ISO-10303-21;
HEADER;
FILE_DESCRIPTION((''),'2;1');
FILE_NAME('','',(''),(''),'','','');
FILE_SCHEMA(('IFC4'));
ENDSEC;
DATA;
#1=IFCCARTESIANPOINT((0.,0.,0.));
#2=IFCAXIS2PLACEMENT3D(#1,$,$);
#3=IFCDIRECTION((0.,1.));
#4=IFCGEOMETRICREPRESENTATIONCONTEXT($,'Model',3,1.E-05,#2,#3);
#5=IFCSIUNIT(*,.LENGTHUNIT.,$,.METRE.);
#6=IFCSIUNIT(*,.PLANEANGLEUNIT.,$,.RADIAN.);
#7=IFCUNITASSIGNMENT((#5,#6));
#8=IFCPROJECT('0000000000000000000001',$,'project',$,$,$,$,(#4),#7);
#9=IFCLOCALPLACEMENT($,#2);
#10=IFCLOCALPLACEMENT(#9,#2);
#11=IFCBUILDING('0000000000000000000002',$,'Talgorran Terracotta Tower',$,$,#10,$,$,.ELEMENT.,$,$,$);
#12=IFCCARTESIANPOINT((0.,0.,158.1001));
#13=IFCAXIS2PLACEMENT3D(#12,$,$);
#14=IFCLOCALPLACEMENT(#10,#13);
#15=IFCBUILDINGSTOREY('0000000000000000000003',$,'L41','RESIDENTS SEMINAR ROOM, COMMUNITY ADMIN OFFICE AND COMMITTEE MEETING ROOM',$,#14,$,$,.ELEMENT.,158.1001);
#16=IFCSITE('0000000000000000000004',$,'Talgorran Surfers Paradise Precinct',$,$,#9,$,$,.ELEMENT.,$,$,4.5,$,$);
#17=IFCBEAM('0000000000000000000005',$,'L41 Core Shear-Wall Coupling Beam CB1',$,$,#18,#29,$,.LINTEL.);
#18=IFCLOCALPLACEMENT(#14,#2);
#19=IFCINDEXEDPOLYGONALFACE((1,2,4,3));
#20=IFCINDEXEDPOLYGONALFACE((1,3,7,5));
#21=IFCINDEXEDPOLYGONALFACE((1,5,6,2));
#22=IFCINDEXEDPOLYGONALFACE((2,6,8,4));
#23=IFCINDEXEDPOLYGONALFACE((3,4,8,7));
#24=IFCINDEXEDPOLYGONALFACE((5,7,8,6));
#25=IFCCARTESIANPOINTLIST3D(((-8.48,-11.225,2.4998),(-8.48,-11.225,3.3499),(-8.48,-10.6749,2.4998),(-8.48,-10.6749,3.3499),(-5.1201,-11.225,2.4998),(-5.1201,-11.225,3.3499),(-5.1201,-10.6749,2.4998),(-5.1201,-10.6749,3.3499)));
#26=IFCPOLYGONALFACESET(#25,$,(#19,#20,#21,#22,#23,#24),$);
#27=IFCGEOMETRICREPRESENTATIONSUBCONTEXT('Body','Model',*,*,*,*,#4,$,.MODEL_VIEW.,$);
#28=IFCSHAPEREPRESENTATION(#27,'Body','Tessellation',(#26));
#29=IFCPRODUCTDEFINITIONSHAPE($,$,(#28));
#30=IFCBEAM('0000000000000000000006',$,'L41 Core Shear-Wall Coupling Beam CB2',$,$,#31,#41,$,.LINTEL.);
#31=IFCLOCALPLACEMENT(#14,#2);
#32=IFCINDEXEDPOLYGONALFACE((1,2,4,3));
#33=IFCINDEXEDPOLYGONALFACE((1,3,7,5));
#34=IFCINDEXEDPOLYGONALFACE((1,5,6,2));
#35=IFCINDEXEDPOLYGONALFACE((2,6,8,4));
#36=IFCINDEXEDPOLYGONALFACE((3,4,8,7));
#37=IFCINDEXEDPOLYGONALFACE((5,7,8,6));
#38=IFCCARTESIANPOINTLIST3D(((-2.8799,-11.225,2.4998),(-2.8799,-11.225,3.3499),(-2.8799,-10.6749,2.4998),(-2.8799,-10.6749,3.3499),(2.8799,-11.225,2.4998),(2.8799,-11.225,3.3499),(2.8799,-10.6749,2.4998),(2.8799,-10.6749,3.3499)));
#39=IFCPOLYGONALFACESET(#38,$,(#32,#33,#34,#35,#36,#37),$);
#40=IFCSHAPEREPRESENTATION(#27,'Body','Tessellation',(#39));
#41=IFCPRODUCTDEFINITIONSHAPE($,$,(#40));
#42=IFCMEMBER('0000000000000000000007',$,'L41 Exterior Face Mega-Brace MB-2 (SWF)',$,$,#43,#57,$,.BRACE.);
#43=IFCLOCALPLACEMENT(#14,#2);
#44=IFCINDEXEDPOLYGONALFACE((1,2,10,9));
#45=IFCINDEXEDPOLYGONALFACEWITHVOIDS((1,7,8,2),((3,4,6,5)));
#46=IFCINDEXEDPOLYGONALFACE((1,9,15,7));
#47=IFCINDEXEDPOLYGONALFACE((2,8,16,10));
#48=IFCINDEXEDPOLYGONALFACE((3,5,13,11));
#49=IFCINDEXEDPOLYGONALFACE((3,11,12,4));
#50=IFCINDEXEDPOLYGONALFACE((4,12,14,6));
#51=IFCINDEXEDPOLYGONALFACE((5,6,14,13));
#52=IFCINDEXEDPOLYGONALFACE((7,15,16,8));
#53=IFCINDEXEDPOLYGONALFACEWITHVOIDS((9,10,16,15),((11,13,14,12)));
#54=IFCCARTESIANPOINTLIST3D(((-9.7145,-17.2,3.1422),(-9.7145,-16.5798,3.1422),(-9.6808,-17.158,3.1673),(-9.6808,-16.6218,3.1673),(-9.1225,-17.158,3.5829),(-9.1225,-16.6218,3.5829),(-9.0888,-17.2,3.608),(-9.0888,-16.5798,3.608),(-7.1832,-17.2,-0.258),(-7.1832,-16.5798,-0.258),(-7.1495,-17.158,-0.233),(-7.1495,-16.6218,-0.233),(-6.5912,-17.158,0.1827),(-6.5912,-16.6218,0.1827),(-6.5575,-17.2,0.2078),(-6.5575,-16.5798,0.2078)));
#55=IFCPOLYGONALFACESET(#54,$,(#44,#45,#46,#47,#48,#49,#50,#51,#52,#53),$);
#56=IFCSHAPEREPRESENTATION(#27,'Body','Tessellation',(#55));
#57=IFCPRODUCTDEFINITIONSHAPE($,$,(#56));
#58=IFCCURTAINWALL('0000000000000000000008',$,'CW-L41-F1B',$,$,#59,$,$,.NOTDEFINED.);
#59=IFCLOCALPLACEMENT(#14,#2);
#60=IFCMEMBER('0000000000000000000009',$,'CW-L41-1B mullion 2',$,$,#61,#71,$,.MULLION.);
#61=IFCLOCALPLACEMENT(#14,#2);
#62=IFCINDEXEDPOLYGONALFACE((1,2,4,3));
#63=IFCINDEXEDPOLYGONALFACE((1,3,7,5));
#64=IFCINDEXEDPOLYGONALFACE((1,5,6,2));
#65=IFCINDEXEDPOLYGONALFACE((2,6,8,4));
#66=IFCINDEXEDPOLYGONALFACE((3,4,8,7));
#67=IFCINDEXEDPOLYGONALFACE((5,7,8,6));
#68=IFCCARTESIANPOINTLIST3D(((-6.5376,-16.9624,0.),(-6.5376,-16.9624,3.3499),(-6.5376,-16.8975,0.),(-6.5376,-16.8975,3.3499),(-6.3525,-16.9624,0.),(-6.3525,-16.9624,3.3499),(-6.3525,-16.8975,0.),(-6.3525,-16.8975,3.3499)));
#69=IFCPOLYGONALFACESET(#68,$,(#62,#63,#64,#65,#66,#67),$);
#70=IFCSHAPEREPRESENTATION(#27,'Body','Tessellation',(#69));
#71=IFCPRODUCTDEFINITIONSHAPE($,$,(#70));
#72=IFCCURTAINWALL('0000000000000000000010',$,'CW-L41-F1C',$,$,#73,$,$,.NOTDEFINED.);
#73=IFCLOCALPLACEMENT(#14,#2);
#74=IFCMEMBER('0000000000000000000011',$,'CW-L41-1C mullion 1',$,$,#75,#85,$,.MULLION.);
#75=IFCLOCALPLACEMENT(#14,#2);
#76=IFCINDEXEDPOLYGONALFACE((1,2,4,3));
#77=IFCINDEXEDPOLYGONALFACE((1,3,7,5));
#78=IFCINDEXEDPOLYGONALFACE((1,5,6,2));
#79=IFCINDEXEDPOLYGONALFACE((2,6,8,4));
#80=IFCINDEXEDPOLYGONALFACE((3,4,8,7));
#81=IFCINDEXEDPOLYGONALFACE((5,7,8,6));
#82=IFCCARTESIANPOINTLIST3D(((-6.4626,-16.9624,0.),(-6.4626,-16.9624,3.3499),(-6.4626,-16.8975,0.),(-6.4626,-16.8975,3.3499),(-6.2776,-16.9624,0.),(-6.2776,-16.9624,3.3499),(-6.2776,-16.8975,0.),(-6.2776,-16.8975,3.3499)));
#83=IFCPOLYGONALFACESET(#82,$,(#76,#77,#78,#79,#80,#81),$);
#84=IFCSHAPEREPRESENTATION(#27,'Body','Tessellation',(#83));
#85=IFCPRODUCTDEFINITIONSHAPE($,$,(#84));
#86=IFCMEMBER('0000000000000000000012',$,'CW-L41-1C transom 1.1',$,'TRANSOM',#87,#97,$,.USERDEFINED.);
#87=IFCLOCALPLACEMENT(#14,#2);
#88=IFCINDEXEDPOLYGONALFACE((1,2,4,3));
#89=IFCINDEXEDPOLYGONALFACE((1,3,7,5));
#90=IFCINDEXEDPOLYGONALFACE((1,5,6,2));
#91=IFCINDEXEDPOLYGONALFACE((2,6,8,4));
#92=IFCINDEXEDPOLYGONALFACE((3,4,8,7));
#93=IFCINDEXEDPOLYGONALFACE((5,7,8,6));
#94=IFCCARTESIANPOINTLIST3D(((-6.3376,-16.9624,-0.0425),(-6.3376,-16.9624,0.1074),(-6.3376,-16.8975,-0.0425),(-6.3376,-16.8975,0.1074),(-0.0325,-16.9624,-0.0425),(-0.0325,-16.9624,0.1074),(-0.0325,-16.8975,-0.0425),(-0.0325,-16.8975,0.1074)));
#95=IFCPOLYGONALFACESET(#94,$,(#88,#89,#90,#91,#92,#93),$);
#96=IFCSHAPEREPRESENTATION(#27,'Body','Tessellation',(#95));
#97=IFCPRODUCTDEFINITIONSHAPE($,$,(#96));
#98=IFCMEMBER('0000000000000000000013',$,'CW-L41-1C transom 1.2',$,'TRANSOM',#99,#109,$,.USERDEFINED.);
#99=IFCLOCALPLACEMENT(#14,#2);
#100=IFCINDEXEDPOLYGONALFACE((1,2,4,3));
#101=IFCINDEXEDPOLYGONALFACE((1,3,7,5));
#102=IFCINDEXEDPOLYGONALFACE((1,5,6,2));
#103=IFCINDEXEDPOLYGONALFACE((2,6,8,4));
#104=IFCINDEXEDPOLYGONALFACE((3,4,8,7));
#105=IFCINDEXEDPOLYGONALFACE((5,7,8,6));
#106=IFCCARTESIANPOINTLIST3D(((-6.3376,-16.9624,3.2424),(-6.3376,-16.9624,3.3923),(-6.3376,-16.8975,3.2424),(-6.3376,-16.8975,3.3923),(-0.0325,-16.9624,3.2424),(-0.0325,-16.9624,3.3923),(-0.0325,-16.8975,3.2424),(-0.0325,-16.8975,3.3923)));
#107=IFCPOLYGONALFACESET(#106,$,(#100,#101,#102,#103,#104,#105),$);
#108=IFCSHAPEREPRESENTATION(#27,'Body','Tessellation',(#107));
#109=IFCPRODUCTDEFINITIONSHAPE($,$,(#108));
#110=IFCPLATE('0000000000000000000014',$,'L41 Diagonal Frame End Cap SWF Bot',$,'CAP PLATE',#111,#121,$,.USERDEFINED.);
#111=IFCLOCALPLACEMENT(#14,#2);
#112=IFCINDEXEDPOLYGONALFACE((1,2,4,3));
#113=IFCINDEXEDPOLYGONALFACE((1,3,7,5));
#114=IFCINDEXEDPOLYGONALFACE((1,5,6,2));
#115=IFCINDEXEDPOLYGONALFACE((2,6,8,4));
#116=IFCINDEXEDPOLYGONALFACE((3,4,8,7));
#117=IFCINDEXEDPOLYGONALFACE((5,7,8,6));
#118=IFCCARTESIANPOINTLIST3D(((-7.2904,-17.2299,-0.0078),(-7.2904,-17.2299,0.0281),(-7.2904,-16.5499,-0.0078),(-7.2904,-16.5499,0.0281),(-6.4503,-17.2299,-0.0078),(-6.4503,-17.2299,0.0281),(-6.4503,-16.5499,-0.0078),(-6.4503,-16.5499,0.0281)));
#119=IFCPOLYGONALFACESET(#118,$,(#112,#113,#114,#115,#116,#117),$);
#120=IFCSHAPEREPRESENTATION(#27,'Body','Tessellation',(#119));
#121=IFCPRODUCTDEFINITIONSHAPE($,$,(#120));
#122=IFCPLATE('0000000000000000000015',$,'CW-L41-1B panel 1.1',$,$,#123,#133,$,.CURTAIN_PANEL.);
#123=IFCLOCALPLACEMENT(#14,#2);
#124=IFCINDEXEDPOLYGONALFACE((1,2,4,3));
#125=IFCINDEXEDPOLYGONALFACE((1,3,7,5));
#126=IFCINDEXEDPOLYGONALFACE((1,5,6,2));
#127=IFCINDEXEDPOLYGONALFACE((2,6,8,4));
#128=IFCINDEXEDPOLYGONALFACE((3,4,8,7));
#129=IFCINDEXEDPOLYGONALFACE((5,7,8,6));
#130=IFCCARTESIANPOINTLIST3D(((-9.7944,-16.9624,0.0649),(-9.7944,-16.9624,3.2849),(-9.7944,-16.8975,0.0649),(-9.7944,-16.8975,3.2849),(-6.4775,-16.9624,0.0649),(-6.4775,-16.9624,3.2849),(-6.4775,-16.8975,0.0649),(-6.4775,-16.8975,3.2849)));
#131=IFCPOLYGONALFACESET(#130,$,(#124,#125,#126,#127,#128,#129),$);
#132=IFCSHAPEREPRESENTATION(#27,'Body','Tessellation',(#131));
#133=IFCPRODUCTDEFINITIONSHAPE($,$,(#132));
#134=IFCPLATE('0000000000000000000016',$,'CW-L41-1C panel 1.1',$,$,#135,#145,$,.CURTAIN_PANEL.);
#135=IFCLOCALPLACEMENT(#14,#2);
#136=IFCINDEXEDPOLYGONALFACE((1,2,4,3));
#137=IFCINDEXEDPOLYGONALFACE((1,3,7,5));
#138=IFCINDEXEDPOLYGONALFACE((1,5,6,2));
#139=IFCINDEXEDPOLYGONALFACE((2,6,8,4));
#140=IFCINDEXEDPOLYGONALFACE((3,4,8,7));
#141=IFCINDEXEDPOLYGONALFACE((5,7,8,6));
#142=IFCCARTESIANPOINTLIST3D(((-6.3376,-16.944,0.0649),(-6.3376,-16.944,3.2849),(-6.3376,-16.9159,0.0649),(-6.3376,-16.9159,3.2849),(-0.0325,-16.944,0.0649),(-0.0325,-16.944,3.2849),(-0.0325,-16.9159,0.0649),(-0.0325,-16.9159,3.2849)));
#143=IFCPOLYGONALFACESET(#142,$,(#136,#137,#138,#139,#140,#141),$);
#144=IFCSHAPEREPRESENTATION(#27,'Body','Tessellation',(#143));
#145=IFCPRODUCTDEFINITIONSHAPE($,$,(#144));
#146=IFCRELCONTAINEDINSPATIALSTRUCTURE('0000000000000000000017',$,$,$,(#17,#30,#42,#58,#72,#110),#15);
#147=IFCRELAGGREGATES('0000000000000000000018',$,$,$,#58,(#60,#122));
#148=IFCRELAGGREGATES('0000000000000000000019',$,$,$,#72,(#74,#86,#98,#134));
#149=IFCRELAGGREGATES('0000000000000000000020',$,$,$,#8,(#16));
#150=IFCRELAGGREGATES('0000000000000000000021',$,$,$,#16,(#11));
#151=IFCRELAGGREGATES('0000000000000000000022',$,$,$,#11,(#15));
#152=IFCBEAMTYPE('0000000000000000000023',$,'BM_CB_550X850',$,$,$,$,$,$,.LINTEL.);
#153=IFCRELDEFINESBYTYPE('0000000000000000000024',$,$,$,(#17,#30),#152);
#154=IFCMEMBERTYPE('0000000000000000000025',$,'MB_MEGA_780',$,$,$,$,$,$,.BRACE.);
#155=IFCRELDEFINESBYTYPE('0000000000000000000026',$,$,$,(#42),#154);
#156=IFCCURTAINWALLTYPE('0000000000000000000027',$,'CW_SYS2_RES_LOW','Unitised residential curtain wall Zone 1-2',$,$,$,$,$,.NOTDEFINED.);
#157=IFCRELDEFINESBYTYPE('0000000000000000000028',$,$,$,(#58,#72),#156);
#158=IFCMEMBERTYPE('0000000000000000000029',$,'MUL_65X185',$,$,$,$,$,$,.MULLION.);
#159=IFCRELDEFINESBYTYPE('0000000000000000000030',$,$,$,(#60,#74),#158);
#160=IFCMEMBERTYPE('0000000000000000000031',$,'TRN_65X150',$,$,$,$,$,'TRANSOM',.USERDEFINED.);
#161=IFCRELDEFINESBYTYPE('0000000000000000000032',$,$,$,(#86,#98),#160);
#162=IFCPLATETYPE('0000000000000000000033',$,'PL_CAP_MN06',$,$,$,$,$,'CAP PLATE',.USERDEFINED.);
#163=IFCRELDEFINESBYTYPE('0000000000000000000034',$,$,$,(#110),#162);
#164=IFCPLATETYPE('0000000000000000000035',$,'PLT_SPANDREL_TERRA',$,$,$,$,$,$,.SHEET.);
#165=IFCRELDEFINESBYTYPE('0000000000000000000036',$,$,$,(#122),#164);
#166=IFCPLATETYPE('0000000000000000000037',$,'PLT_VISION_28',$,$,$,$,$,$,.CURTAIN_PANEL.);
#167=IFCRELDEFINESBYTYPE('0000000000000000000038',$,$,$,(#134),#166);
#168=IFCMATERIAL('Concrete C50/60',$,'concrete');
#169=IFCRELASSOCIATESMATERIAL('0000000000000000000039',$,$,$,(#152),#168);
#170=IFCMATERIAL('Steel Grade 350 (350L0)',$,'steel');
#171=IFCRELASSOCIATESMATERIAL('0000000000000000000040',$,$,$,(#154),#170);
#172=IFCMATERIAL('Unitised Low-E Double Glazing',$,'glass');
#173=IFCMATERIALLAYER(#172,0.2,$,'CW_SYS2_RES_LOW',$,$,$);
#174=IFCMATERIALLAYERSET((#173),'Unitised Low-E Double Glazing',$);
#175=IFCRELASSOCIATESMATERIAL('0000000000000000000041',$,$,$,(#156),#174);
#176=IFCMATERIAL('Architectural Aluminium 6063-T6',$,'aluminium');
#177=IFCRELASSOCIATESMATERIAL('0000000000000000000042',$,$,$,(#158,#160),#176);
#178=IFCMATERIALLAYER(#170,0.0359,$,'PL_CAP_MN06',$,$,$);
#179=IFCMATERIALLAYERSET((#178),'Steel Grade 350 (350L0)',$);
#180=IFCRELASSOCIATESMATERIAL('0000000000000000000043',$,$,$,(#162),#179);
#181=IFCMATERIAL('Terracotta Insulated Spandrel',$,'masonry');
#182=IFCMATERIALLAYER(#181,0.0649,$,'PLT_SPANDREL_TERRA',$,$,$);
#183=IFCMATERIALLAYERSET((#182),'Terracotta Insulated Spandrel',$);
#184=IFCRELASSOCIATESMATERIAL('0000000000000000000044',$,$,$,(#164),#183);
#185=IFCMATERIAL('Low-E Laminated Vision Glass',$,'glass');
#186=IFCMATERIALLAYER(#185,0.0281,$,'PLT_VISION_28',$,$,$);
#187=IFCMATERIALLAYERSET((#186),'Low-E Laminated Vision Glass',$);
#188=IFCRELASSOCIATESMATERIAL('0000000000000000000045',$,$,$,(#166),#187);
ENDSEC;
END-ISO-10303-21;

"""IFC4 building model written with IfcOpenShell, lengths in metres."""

from ifc_helpers import new_model, si_unit, direction, frame, origin, origin_2d, place, context, subcontext, project, spatial, rectangle, hollow_rectangle, extrude, source, transform, mapped, material, layer, layer_set, material_profile, profile_set, type_object, type_shapes, element, aggregate, save


model = new_model("IFC4")

# Units and contexts
model_context = context("Model", 3, precision=1e-05, world=origin(), true_north=direction((0.0, 1.0)))
body_context = subcontext(model_context, "Body", "Model", "MODEL_VIEW")
ifc_project = project(units=[si_unit("LENGTHUNIT", "METRE"), si_unit("PLANEANGLEUNIT", "RADIAN")], contexts=[model_context])

# Site, building, storey
site_placement = place(None, origin())
site = spatial("IfcSite", under=ifc_project, at=site_placement, Name="Talgorran Surfers Paradise Precinct", CompositionType="ELEMENT", RefElevation=4.5)
building_placement = place(site_placement, origin())
building = spatial("IfcBuilding", under=site, at=building_placement, Name="Talgorran Terracotta Tower", CompositionType="ELEMENT")
storey_placement = place(building_placement, frame((0.0, 0.0, 158.1001)))
storey = spatial("IfcBuildingStorey", under=building, at=storey_placement, Name="L41", Description="RESIDENTS SEMINAR ROOM, COMMUNITY ADMIN OFFICE AND COMMITTEE MEETING ROOM", CompositionType="ELEMENT", Elevation=158.1001)

# Beams
ifc_material_1 = material(Name="Concrete C50/60", Category="concrete")
ifc_material_profile_1 = material_profile(ifc_material_1, rectangle(XDim=0.55, YDim=0.8501, at=origin_2d()), Name="RCCB550X850")
ifc_profile_set_1 = profile_set([ifc_material_profile_1], Name="Concrete C50/60")
beam_type = type_object("IfcBeamType", Name="BM_CB_550X850", PredefinedType="LINTEL", material=ifc_profile_set_1)
beam_1_placement = place(storey_placement, frame((-8.48, -10.95, 2.9248), z_axis=(1.0, 0.0, 0.0), x_axis=(0.0, 1.0, 0.0)))
element("IfcBeam", 1, at=beam_1_placement, inside=storey, type_object=beam_type, Name="L41 Core Shear-Wall Coupling Beam CB1", PredefinedType="LINTEL", context=body_context, shape_type="SweptSolid", body=[
    extrude(rectangle(XDim=0.55, YDim=0.8501, at=origin_2d()), origin(), (0.0, 0.0, 1.0), 3.3599),
])
beam_2_placement = place(storey_placement, frame((-2.8799, -10.95, 2.9248), z_axis=(1.0, 0.0, 0.0), x_axis=(0.0, 1.0, 0.0)))
element("IfcBeam", 2, at=beam_2_placement, inside=storey, type_object=beam_type, Name="L41 Core Shear-Wall Coupling Beam CB2", PredefinedType="LINTEL", context=body_context, shape_type="SweptSolid", body=[
    extrude(rectangle(XDim=0.55, YDim=0.8501, at=origin_2d()), origin(), (0.0, 0.0, 1.0), 5.7598),
])

# Member
ifc_material_2 = material(Name="Steel Grade 350 (350L0)", Category="steel")
ifc_material_profile_2 = material_profile(ifc_material_2, hollow_rectangle(XDim=0.6201, YDim=0.78, WallThickness=0.042, at=origin_2d()), Name="WBOX780X620X42")
ifc_profile_set_2 = profile_set([ifc_material_profile_2], Name="Steel Grade 350 (350L0)")
member_type_1 = type_object("IfcMemberType", Name="MB_MEGA_780", PredefinedType="BRACE", material=ifc_profile_set_2)
member_1_placement = place(storey_placement, frame((-6.8704, -16.8899, -0.0251), z_axis=(-0.597149, 0.0, 0.802131), x_axis=(0.0, -1.0, 0.0)))
element("IfcMember", 3, at=member_1_placement, inside=storey, type_object=member_type_1, Name="L41 Exterior Face Mega-Brace MB-2 (SWF)", PredefinedType="BRACE", context=body_context, shape_type="SweptSolid", body=[
    extrude(hollow_rectangle(XDim=0.6201, YDim=0.78, WallThickness=0.042, at=origin_2d()), origin(), (0.0, 0.0, 1.0), 4.239),
])

# Curtain wall, member
ifc_material_3 = material(Name="Unitised Low-E Double Glazing", Category="glass")
ifc_layer_1 = layer(ifc_material_3, 0.2, Name="CW_SYS2_RES_LOW")
ifc_layer_set_1 = layer_set([ifc_layer_1], Name="Unitised Low-E Double Glazing")
curtain_wall_type = type_object("IfcCurtainWallType", Name="CW_SYS2_RES_LOW", Description="Unitised residential curtain wall Zone 1-2", PredefinedType="NOTDEFINED", material=ifc_layer_set_1)
curtain_wall_1_placement = place(storey_placement, origin())
curtain_wall_1 = element("IfcCurtainWall", 4, at=curtain_wall_1_placement, inside=storey, type_object=curtain_wall_type, Name="CW-L41-F1B", PredefinedType="NOTDEFINED")
ifc_material_4 = material(Name="Architectural Aluminium 6063-T6", Category="aluminium")
ifc_material_profile_3 = material_profile(ifc_material_4, rectangle(XDim=0.0649, YDim=0.1851, at=origin_2d()), Name="CWM65X185")
ifc_profile_set_3 = profile_set([ifc_material_profile_3], Name="Architectural Aluminium 6063-T6")
member_type_2 = type_object("IfcMemberType", Name="MUL_65X185", PredefinedType="MULLION", material=ifc_profile_set_3)
member_2_placement = place(storey_placement, frame((-6.4451, -16.9299, 0.0), z_axis=(0.0, 0.0, 1.0), x_axis=(0.0, 1.0, 0.0)))
member_2 = element("IfcMember", 5, at=member_2_placement, type_object=member_type_2, Name="CW-L41-1B mullion 2", PredefinedType="MULLION", context=body_context, shape_type="SweptSolid", body=[
    extrude(rectangle(XDim=0.0649, YDim=0.1851, at=origin_2d()), origin(), (0.0, 0.0, 1.0), 3.3499),
])

# Curtain wall, members
curtain_wall_2_placement = place(storey_placement, origin())
curtain_wall_2 = element("IfcCurtainWall", 6, at=curtain_wall_2_placement, inside=storey, type_object=curtain_wall_type, Name="CW-L41-F1C", PredefinedType="NOTDEFINED")
member_3_placement = place(storey_placement, frame((-6.3701, -16.9299, 0.0), z_axis=(0.0, 0.0, 1.0), x_axis=(0.0, 1.0, 0.0)))
member_3 = element("IfcMember", 7, at=member_3_placement, type_object=member_type_2, Name="CW-L41-1C mullion 1", PredefinedType="MULLION", context=body_context, shape_type="SweptSolid", body=[
    extrude(rectangle(XDim=0.0649, YDim=0.1851, at=origin_2d()), origin(), (0.0, 0.0, 1.0), 3.3499),
])
ifc_material_profile_4 = material_profile(ifc_material_4, rectangle(XDim=0.0649, YDim=0.1499, at=origin_2d()), Name="CWT65X150")
ifc_profile_set_4 = profile_set([ifc_material_profile_4], Name="Architectural Aluminium 6063-T6")
member_type_3 = type_object("IfcMemberType", Name="TRN_65X150", ElementType="TRANSOM", PredefinedType="USERDEFINED", material=ifc_profile_set_4)
member_4_placement = place(storey_placement, frame((-6.3376, -16.9299, 0.0325), z_axis=(1.0, 0.0, 0.0), x_axis=(0.0, 1.0, 0.0)))
member_4 = element("IfcMember", 8, at=member_4_placement, type_object=member_type_3, Name="CW-L41-1C transom 1.1", ObjectType="TRANSOM", PredefinedType="USERDEFINED", context=body_context, shape_type="SweptSolid", body=[
    extrude(rectangle(XDim=0.0649, YDim=0.1499, at=origin_2d()), origin(), (0.0, 0.0, 1.0), 6.3052),
])
member_5_placement = place(storey_placement, frame((-6.3376, -16.9299, 3.3174), z_axis=(1.0, 0.0, 0.0), x_axis=(0.0, 1.0, 0.0)))
member_5 = element("IfcMember", 9, at=member_5_placement, type_object=member_type_3, Name="CW-L41-1C transom 1.2", ObjectType="TRANSOM", PredefinedType="USERDEFINED", context=body_context, shape_type="SweptSolid", body=[
    extrude(rectangle(XDim=0.0649, YDim=0.1499, at=origin_2d()), origin(), (0.0, 0.0, 1.0), 6.3052),
])

# Plates
ifc_layer_2 = layer(ifc_material_2, 0.0359, Name="PL_CAP_MN06")
ifc_layer_set_2 = layer_set([ifc_layer_2], Name="Steel Grade 350 (350L0)")
plate_type_1 = type_object("IfcPlateType", Name="PL_CAP_MN06", ElementType="CAP PLATE", PredefinedType="USERDEFINED", material=ifc_layer_set_2)
plate_1_placement = place(storey_placement, frame((-6.8704, -16.8899, -0.0078), z_axis=(0.0, 0.0, 1.0), x_axis=(-1.0, 0.0, 0.0)))
element("IfcPlate", 10, at=plate_1_placement, inside=storey, type_object=plate_type_1, Name="L41 Diagonal Frame End Cap SWF Bot", ObjectType="CAP PLATE", PredefinedType="USERDEFINED", context=body_context, shape_type="SweptSolid", body=[
    extrude(rectangle(XDim=0.8401, YDim=0.6799, at=origin_2d()), origin(), (0.0, 0.0, 1.0), 0.0359),
])
ifc_material_5 = material(Name="Terracotta Insulated Spandrel", Category="masonry")
ifc_layer_3 = layer(ifc_material_5, 0.0649, Name="PLT_SPANDREL_TERRA")
ifc_layer_set_3 = layer_set([ifc_layer_3], Name="Terracotta Insulated Spandrel")
plate_type_2 = type_object("IfcPlateType", Name="PLT_SPANDREL_TERRA", PredefinedType="SHEET", material=ifc_layer_set_3)
shared_shape_1 = source(origin(), body_context, "Body", "SweptSolid", [
    extrude(rectangle(XDim=3.3169, YDim=0.0649, at=origin_2d()), origin(), (0.0, 0.0, 1.0), 3.22),
])
type_shapes(plate_type_2, [shared_shape_1])
plate_2_placement = place(storey_placement, frame((-8.136, -16.9299, 0.0649), z_axis=(0.0, 0.0, 1.0), x_axis=(1.0, 0.0, 0.0)))
plate_2 = element("IfcPlate", 11, at=plate_2_placement, type_object=plate_type_2, Name="CW-L41-1B panel 1.1", PredefinedType="CURTAIN_PANEL", context=body_context, shape_type="MappedRepresentation", body=[
    mapped(shared_shape_1, transform((0.0, 0.0, 0.0), scale=1.0)),
])
aggregate(curtain_wall_1, [member_2, plate_2])
ifc_material_6 = material(Name="Low-E Laminated Vision Glass", Category="glass")
ifc_layer_4 = layer(ifc_material_6, 0.0281, Name="PLT_VISION_28")
ifc_layer_set_4 = layer_set([ifc_layer_4], Name="Low-E Laminated Vision Glass")
plate_type_3 = type_object("IfcPlateType", Name="PLT_VISION_28", PredefinedType="CURTAIN_PANEL", material=ifc_layer_set_4)
shared_shape_2 = source(origin(), body_context, "Body", "SweptSolid", [
    extrude(rectangle(XDim=6.3052, YDim=0.0281, at=origin_2d()), origin(), (0.0, 0.0, 1.0), 3.22),
])
type_shapes(plate_type_3, [shared_shape_2])
plate_3_placement = place(storey_placement, frame((-3.1851, -16.9299, 0.0649), z_axis=(0.0, 0.0, 1.0), x_axis=(1.0, 0.0, 0.0)))
plate_3 = element("IfcPlate", 12, at=plate_3_placement, type_object=plate_type_3, Name="CW-L41-1C panel 1.1", PredefinedType="CURTAIN_PANEL", context=body_context, shape_type="MappedRepresentation", body=[
    mapped(shared_shape_2, transform((0.0, 0.0, 0.0), scale=1.0)),
])
aggregate(curtain_wall_2, [member_3, member_4, member_5, plate_3])

save(model, "model.ifc")
